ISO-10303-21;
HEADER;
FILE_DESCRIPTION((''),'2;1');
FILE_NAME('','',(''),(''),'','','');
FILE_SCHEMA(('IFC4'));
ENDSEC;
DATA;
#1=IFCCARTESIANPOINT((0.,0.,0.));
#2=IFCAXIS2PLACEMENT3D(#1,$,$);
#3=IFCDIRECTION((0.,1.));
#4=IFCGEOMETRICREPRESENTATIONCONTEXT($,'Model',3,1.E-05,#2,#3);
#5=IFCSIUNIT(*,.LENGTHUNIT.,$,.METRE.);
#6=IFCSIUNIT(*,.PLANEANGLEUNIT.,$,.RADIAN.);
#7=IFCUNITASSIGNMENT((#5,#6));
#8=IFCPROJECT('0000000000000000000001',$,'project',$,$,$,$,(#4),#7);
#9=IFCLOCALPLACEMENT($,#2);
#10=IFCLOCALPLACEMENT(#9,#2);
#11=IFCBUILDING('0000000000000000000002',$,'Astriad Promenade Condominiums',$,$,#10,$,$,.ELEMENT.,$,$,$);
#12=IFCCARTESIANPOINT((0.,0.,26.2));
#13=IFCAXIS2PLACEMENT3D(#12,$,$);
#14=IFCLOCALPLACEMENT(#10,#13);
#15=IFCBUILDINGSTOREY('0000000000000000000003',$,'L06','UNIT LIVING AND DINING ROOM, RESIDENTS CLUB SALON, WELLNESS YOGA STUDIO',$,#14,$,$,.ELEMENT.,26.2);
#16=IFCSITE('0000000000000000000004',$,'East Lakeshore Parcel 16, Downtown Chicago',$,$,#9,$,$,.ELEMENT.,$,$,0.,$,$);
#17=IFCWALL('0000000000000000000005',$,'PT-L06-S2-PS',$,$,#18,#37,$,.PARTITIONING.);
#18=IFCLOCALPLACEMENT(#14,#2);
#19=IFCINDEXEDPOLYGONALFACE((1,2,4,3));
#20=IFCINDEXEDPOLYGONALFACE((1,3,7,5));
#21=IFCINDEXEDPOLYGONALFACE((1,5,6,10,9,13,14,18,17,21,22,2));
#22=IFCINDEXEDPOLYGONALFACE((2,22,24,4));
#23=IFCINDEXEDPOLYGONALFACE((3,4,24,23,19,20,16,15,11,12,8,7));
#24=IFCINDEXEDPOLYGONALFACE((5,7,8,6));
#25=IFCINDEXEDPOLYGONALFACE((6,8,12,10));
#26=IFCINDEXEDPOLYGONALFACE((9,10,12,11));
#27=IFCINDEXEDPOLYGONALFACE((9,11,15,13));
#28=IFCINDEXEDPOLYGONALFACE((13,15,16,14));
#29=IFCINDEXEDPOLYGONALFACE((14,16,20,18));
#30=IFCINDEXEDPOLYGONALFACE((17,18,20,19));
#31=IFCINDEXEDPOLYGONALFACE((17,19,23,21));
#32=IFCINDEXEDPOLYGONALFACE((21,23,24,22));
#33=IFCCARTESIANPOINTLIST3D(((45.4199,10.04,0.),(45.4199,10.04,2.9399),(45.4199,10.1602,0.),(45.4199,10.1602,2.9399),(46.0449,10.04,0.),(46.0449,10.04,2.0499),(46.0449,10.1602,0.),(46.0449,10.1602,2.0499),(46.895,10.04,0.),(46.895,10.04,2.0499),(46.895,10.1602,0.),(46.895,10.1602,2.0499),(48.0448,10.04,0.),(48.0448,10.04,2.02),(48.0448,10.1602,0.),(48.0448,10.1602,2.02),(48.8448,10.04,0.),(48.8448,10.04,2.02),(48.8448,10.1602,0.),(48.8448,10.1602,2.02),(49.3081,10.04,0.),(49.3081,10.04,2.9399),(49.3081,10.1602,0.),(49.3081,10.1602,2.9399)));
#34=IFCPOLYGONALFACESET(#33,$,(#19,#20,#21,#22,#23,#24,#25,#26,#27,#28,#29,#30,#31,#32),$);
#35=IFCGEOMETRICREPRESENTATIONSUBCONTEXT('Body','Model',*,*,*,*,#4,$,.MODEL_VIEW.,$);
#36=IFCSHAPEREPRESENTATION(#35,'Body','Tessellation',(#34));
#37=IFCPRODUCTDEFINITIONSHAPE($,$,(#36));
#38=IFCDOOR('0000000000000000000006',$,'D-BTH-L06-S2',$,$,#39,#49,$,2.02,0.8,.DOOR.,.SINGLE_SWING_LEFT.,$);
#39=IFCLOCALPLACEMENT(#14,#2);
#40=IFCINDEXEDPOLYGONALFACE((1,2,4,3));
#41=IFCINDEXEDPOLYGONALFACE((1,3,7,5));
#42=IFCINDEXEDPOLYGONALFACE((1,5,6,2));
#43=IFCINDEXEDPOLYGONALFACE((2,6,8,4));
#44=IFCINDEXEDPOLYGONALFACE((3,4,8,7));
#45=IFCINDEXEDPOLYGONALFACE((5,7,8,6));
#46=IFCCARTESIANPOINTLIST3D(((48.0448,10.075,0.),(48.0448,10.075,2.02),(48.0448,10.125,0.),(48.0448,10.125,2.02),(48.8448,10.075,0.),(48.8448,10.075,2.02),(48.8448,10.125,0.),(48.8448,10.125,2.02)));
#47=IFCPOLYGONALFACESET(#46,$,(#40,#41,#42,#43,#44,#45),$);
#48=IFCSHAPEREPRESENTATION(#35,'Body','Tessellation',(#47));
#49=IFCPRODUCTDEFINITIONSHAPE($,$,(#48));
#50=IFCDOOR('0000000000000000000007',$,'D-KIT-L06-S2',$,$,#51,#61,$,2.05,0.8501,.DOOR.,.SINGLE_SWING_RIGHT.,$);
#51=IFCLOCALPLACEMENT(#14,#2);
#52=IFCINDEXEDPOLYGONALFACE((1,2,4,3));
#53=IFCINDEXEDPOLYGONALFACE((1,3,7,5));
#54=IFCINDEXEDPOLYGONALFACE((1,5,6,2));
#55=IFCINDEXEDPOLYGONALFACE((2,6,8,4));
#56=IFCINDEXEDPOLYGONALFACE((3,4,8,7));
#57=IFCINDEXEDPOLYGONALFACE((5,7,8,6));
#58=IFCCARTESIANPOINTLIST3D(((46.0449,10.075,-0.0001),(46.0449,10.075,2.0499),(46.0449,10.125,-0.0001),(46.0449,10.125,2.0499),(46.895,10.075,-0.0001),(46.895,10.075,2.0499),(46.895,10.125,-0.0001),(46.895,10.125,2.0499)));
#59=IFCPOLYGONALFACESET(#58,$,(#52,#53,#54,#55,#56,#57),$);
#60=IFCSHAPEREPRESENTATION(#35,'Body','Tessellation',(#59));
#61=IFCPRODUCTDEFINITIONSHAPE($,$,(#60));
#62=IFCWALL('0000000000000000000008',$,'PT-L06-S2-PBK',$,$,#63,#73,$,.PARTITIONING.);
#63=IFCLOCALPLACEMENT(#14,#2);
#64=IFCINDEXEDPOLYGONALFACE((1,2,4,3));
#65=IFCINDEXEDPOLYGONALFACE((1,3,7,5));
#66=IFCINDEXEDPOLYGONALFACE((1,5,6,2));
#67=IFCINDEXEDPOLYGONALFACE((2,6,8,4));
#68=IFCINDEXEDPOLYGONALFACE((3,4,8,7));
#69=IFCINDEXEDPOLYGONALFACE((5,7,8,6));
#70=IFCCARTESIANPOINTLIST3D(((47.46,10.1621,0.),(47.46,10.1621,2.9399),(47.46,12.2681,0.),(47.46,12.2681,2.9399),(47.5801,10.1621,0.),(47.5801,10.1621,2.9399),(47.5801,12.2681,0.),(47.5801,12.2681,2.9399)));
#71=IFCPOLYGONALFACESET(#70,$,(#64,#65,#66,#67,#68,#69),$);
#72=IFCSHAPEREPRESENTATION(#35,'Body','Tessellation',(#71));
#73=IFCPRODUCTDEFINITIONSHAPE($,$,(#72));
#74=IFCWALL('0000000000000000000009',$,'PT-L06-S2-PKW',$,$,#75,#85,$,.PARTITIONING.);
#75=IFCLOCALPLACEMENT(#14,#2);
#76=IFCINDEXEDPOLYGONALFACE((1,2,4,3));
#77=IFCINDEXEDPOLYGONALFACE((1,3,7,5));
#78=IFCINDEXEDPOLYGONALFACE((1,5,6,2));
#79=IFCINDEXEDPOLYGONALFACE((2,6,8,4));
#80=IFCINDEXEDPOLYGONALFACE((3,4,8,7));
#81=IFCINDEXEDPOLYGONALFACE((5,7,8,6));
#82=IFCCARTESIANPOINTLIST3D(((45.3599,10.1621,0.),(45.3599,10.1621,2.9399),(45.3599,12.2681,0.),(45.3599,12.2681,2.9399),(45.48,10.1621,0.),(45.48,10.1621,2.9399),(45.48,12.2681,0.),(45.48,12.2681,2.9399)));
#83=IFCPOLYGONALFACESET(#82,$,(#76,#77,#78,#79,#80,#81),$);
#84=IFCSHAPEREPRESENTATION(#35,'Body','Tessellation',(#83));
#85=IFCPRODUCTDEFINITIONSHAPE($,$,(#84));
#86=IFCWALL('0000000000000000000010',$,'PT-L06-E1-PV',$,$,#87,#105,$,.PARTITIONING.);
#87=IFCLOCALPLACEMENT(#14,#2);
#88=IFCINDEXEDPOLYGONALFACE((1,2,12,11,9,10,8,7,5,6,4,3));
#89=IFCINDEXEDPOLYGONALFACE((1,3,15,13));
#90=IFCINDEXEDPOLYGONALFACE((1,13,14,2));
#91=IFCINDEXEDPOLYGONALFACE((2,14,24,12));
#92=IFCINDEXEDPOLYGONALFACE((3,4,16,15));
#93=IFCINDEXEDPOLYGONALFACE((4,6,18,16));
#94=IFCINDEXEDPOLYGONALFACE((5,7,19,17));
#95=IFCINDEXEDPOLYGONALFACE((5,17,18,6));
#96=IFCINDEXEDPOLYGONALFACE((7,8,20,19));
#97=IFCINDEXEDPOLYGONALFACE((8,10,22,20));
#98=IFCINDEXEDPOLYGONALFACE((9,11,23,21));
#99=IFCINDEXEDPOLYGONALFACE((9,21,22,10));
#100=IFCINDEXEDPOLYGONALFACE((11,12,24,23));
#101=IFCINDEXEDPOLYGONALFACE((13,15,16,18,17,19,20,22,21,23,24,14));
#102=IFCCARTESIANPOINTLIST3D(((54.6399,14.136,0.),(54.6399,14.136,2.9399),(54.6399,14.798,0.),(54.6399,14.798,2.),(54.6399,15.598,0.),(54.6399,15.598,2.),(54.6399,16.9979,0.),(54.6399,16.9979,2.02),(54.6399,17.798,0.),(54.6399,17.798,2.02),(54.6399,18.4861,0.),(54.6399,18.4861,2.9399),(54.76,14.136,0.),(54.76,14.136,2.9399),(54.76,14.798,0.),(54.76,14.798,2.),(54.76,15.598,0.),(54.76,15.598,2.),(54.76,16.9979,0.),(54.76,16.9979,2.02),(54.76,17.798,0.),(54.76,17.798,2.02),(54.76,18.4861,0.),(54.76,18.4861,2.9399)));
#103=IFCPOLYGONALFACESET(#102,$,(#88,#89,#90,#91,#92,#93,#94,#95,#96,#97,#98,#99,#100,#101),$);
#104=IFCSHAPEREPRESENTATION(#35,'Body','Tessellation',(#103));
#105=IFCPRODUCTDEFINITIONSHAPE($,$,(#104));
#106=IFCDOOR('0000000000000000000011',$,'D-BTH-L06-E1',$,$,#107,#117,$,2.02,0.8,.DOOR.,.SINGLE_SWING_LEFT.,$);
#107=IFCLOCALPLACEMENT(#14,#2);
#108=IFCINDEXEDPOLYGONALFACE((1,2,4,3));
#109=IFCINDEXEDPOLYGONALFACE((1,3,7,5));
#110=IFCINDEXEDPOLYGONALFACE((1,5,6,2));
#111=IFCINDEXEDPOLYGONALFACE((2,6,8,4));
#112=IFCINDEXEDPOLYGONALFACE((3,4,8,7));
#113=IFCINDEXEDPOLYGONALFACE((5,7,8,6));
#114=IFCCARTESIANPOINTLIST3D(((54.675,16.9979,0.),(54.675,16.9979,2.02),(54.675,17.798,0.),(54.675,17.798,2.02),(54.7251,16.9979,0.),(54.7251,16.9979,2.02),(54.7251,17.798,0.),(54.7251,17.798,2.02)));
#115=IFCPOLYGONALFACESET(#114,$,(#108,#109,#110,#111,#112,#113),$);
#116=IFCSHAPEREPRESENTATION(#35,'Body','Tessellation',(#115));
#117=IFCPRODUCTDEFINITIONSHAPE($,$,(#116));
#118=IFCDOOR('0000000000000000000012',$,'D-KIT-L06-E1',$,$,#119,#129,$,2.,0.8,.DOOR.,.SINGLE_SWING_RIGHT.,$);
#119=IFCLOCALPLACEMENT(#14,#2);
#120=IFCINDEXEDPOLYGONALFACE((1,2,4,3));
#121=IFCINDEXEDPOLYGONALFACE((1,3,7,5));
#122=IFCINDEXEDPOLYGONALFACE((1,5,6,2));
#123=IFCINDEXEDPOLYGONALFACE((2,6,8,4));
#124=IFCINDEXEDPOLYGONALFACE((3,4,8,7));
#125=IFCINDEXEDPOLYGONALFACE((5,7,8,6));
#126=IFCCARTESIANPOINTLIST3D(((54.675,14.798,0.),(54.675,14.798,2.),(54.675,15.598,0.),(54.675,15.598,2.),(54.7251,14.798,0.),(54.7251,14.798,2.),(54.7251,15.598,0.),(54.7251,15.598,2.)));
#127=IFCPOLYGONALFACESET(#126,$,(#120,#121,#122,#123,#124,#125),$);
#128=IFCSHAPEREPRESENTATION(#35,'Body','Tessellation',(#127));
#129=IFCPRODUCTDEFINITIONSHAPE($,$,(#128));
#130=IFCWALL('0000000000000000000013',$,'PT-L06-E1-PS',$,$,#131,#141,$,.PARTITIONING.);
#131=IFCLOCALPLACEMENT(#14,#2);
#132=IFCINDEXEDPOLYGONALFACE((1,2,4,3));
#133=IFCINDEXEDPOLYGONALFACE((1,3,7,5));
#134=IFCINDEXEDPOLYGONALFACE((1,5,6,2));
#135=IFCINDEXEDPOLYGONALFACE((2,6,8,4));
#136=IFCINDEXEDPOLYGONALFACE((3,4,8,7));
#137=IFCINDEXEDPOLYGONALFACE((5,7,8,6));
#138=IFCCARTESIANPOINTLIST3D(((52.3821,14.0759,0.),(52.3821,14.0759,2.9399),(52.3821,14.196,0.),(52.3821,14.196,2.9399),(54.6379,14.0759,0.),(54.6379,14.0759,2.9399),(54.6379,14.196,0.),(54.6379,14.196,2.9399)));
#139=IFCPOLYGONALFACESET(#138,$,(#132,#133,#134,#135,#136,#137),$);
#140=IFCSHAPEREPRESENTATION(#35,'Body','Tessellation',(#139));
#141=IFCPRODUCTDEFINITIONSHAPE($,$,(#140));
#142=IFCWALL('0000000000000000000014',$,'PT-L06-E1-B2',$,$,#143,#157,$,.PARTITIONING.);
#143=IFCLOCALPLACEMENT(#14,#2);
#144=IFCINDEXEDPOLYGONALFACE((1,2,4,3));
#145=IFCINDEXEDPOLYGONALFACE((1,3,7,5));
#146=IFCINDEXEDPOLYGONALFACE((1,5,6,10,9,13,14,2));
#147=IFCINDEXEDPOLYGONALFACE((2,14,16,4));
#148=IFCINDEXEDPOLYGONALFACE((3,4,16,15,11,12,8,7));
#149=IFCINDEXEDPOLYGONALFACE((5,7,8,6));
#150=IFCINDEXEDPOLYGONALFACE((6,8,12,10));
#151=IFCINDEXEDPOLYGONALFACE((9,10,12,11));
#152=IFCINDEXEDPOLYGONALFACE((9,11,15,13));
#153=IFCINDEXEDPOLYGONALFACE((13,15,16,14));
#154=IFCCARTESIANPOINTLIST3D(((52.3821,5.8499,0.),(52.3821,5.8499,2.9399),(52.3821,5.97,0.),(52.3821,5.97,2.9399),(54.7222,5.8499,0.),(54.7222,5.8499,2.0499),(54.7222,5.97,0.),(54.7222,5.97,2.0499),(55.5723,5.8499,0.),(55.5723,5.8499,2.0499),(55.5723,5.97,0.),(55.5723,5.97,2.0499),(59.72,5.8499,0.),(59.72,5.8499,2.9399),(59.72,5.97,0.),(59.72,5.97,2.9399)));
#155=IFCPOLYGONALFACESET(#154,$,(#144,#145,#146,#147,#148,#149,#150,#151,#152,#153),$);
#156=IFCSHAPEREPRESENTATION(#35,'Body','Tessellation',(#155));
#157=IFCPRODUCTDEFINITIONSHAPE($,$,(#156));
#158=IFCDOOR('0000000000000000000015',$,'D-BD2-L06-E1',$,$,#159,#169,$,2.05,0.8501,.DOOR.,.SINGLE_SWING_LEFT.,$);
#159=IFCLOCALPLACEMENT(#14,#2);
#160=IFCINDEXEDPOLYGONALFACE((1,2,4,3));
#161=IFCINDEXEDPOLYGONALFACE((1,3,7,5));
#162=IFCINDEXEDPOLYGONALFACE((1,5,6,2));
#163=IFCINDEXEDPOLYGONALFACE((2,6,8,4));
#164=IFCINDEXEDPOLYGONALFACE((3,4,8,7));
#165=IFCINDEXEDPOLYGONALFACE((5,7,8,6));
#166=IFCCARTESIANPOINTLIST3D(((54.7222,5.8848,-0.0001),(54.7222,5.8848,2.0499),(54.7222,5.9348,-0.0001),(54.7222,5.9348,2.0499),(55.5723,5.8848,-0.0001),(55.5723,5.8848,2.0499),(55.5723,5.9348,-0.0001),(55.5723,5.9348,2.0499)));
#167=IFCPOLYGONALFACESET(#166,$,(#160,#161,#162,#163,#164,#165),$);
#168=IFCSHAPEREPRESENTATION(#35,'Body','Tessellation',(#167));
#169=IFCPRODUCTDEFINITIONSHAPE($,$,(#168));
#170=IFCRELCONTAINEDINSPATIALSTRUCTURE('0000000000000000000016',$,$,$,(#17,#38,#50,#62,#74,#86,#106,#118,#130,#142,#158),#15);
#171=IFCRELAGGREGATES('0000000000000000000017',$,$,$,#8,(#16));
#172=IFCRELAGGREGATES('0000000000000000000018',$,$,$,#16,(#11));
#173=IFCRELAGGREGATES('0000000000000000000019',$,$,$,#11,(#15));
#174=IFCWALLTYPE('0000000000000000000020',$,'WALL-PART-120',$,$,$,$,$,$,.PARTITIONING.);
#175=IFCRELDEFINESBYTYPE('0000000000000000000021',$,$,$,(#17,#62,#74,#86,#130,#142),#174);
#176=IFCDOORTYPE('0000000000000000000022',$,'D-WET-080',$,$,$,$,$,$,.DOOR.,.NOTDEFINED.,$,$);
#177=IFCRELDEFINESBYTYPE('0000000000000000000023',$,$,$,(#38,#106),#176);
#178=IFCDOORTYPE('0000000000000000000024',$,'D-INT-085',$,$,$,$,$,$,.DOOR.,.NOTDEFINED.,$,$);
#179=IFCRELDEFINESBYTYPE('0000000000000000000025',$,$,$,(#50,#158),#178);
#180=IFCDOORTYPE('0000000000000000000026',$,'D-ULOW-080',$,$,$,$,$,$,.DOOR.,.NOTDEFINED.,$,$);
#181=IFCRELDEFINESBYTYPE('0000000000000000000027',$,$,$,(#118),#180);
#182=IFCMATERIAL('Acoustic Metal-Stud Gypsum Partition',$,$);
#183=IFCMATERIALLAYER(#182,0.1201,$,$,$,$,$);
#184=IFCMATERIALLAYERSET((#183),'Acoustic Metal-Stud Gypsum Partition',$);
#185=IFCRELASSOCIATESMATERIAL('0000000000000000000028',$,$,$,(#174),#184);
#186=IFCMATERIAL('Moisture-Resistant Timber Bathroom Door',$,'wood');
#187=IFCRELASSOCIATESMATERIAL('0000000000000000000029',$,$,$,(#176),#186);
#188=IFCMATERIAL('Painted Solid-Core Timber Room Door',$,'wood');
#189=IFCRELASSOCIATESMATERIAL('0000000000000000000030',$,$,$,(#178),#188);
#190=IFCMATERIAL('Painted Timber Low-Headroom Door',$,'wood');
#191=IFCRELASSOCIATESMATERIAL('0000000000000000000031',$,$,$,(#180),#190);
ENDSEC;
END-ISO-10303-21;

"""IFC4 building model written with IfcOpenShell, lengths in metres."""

from ifc_helpers import new_model, si_unit, direction, frame, frame_2d, origin, place, context, subcontext, project, spatial, rectangle, extrude, source, transform, mapped, material, layer, layer_set, type_object, type_shapes, element, fill, save


model = new_model("IFC4")

# Units and contexts
model_context = context("Model", 3, precision=1e-05, world=origin(), true_north=direction((0.0, 1.0)))
body_context = subcontext(model_context, "Body", "Model", "MODEL_VIEW")
ifc_project = project(units=[si_unit("LENGTHUNIT", "METRE"), si_unit("PLANEANGLEUNIT", "RADIAN")], contexts=[model_context])

# Site, building, storey
site_placement = place(None, origin())
site = spatial("IfcSite", under=ifc_project, at=site_placement, Name="East Lakeshore Parcel 16, Downtown Chicago", CompositionType="ELEMENT", RefElevation=0.0)
building_placement = place(site_placement, origin())
building = spatial("IfcBuilding", under=site, at=building_placement, Name="Astriad Promenade Condominiums", CompositionType="ELEMENT")
storey_placement = place(building_placement, frame((0.0, 0.0, 26.2)))
storey = spatial("IfcBuildingStorey", under=building, at=storey_placement, Name="L06", Description="UNIT LIVING AND DINING ROOM, RESIDENTS CLUB SALON, WELLNESS YOGA STUDIO", CompositionType="ELEMENT", Elevation=26.2)

# Shared definitions
ifc_material_1 = material(Name="Acoustic Metal-Stud Gypsum Partition")
ifc_layer_1 = layer(ifc_material_1, 0.1201)
ifc_layer_set_1 = layer_set([ifc_layer_1], Name="Acoustic Metal-Stud Gypsum Partition")
wall_type_1 = type_object("IfcWallType", Name="WALL-PART-120", PredefinedType="PARTITIONING", material=ifc_layer_set_1)

# Wall, openings, doors
wall_1_placement = place(storey_placement, frame((45.4199, 10.1001, 0.0), z_axis=(0.0, 0.0, 1.0), x_axis=(1.0, 0.0, 0.0)))
wall_1 = element("IfcWall", 1, at=wall_1_placement, inside=storey, type_object=wall_type_1, Name="PT-L06-S2-PS", PredefinedType="PARTITIONING", context=body_context, shape_type="SweptSolid", body=[
    extrude(rectangle(XDim=3.8882, YDim=0.1201, at=frame_2d((1.9441, 0.0))), origin(), (0.0, 0.0, 1.0), 2.9399),
])
opening_1_placement = place(wall_1_placement, frame((0.625, 0.0, 0.0)))
opening_1 = element("IfcOpeningElement", 2, at=opening_1_placement, cuts=wall_1, PredefinedType="OPENING", context=body_context, shape_type="SweptSolid", body=[
    extrude(rectangle(XDim=0.8501, YDim=2.05, at=frame_2d((0.425, 1.0249))), frame((0.0, 0.0701, 0.0), z_axis=(0.0, -1.0, 0.0), x_axis=(1.0, 0.0, 0.0)), (0.0, 0.0, 1.0), 0.1401),
])
opening_2_placement = place(wall_1_placement, frame((2.625, 0.0, 0.0)))
opening_2 = element("IfcOpeningElement", 3, at=opening_2_placement, cuts=wall_1, PredefinedType="OPENING", context=body_context, shape_type="SweptSolid", body=[
    extrude(rectangle(XDim=0.8, YDim=2.02, at=frame_2d((0.3999, 1.01))), frame((0.0, 0.0701, 0.0), z_axis=(0.0, -1.0, 0.0), x_axis=(1.0, 0.0, 0.0)), (0.0, 0.0, 1.0), 0.1401),
])
ifc_material_2 = material(Name="Moisture-Resistant Timber Bathroom Door", Category="wood")
door_type_1 = type_object("IfcDoorType", Name="D-WET-080", OperationType="NOTDEFINED", PredefinedType="DOOR", material=ifc_material_2)
shared_shape_1 = source(origin(), body_context, "Body", "SweptSolid", [
    extrude(rectangle(XDim=0.8, YDim=2.02, at=frame_2d((0.3999, 1.01))), frame((0.0, 0.0249, 0.0), z_axis=(0.0, -1.0, 0.0), x_axis=(1.0, 0.0, 0.0)), (0.0, 0.0, 1.0), 0.05),
])
type_shapes(door_type_1, [shared_shape_1])
door_1_placement = place(opening_2_placement, origin())
door_1 = element("IfcDoor", 4, at=door_1_placement, inside=storey, type_object=door_type_1, Name="D-BTH-L06-S2", OperationType="SINGLE_SWING_LEFT", OverallHeight=2.02, OverallWidth=0.8, PredefinedType="DOOR", context=body_context, shape_type="MappedRepresentation", body=[
    mapped(shared_shape_1, transform((0.0, 0.0, 0.0), scale=1.0)),
])
fill(opening_2, door_1)
ifc_material_3 = material(Name="Painted Solid-Core Timber Room Door", Category="wood")
door_type_2 = type_object("IfcDoorType", Name="D-INT-085", OperationType="NOTDEFINED", PredefinedType="DOOR", material=ifc_material_3)
shared_shape_2 = source(origin(), body_context, "Body", "SweptSolid", [
    extrude(rectangle(XDim=0.8501, YDim=2.05, at=frame_2d((0.425, 1.0249))), frame((0.0, 0.0249, 0.0), z_axis=(0.0, -1.0, 0.0), x_axis=(1.0, 0.0, 0.0)), (0.0, 0.0, 1.0), 0.05),
])
type_shapes(door_type_2, [shared_shape_2])
door_2_placement = place(opening_1_placement, origin())
door_2 = element("IfcDoor", 5, at=door_2_placement, inside=storey, type_object=door_type_2, Name="D-KIT-L06-S2", OperationType="SINGLE_SWING_RIGHT", OverallHeight=2.05, OverallWidth=0.8501, PredefinedType="DOOR", context=body_context, shape_type="MappedRepresentation", body=[
    mapped(shared_shape_2, transform((0.0, 0.0, 0.0), scale=1.0)),
])
fill(opening_1, door_2)

# Walls
for number, where, z_axis, x_axis, name in (
    (6, (47.52, 10.1621, 0.0), (0.0, 0.0, 1.0), (0.0, 1.0, 0.0), "PT-L06-S2-PBK"),
    (7, (45.4199, 10.1621, 0.0), (0.0, 0.0, 1.0), (0.0, 1.0, 0.0), "PT-L06-S2-PKW"),
):
    element("IfcWall", number, at=place(storey_placement, frame(where, z_axis=z_axis, x_axis=x_axis)), inside=storey, type_object=wall_type_1, Name=name, PredefinedType="PARTITIONING", context=body_context, shape_type="SweptSolid", body=[
        extrude(rectangle(XDim=2.106, YDim=0.1201, at=frame_2d((1.053, 0.0))), origin(), (0.0, 0.0, 1.0), 2.9399),
    ])

# Wall, openings, doors
wall_2_placement = place(storey_placement, frame((54.7, 14.136, 0.0), z_axis=(0.0, 0.0, 1.0), x_axis=(0.0, 1.0, 0.0)))
wall_2 = element("IfcWall", 8, at=wall_2_placement, inside=storey, type_object=wall_type_1, Name="PT-L06-E1-PV", PredefinedType="PARTITIONING", context=body_context, shape_type="SweptSolid", body=[
    extrude(rectangle(XDim=4.3501, YDim=0.1201, at=frame_2d((2.175, 0.0))), origin(), (0.0, 0.0, 1.0), 2.9399),
])
opening_3_placement = place(wall_2_placement, frame((0.6621, 0.0, 0.0)))
opening_3 = element("IfcOpeningElement", 9, at=opening_3_placement, cuts=wall_2, PredefinedType="OPENING", context=body_context, shape_type="SweptSolid", body=[
    extrude(rectangle(XDim=0.8, YDim=2.0, at=frame_2d((0.3999, 1.0))), frame((0.0, 0.0701, 0.0), z_axis=(0.0, -1.0, 0.0), x_axis=(1.0, 0.0, 0.0)), (0.0, 0.0, 1.0), 0.1401),
])
opening_4_placement = place(wall_2_placement, frame((2.8621, 0.0, 0.0)))
opening_4 = element("IfcOpeningElement", 10, at=opening_4_placement, cuts=wall_2, PredefinedType="OPENING", context=body_context, shape_type="SweptSolid", body=[
    extrude(rectangle(XDim=0.8, YDim=2.02, at=frame_2d((0.3999, 1.01))), frame((0.0, 0.0701, 0.0), z_axis=(0.0, -1.0, 0.0), x_axis=(1.0, 0.0, 0.0)), (0.0, 0.0, 1.0), 0.1401),
])
door_3_placement = place(opening_4_placement, origin())
door_3 = element("IfcDoor", 11, at=door_3_placement, inside=storey, type_object=door_type_1, Name="D-BTH-L06-E1", OperationType="SINGLE_SWING_LEFT", OverallHeight=2.02, OverallWidth=0.8, PredefinedType="DOOR", context=body_context, shape_type="MappedRepresentation", body=[
    mapped(shared_shape_1, transform((0.0, 0.0, 0.0), scale=1.0)),
])
fill(opening_4, door_3)
ifc_material_4 = material(Name="Painted Timber Low-Headroom Door", Category="wood")
door_type_3 = type_object("IfcDoorType", Name="D-ULOW-080", OperationType="NOTDEFINED", PredefinedType="DOOR", material=ifc_material_4)
shared_shape_3 = source(origin(), body_context, "Body", "SweptSolid", [
    extrude(rectangle(XDim=0.8, YDim=2.0, at=frame_2d((0.3999, 1.0))), frame((0.0, 0.0249, 0.0), z_axis=(0.0, -1.0, 0.0), x_axis=(1.0, 0.0, 0.0)), (0.0, 0.0, 1.0), 0.05),
])
type_shapes(door_type_3, [shared_shape_3])
door_4_placement = place(opening_3_placement, origin())
door_4 = element("IfcDoor", 12, at=door_4_placement, inside=storey, type_object=door_type_3, Name="D-KIT-L06-E1", OperationType="SINGLE_SWING_RIGHT", OverallHeight=2.0, OverallWidth=0.8, PredefinedType="DOOR", context=body_context, shape_type="MappedRepresentation", body=[
    mapped(shared_shape_3, transform((0.0, 0.0, 0.0), scale=1.0)),
])
fill(opening_3, door_4)

# Wall
wall_3_placement = place(storey_placement, frame((52.3821, 14.136, 0.0), z_axis=(0.0, 0.0, 1.0), x_axis=(1.0, 0.0, 0.0)))
element("IfcWall", 13, at=wall_3_placement, inside=storey, type_object=wall_type_1, Name="PT-L06-E1-PS", PredefinedType="PARTITIONING", context=body_context, shape_type="SweptSolid", body=[
    extrude(rectangle(XDim=2.2559, YDim=0.1201, at=frame_2d((1.1279, 0.0))), origin(), (0.0, 0.0, 1.0), 2.9399),
])

# Wall, opening, door
wall_4_placement = place(storey_placement, frame((52.3821, 5.9099, 0.0), z_axis=(0.0, 0.0, 1.0), x_axis=(1.0, 0.0, 0.0)))
wall_4 = element("IfcWall", 14, at=wall_4_placement, inside=storey, type_object=wall_type_1, Name="PT-L06-E1-B2", PredefinedType="PARTITIONING", context=body_context, shape_type="SweptSolid", body=[
    extrude(rectangle(XDim=7.3379, YDim=0.1201, at=frame_2d((3.6689, 0.0))), origin(), (0.0, 0.0, 1.0), 2.9399),
])
opening_5_placement = place(wall_4_placement, frame((2.3401, 0.0, 0.0)))
opening_5 = element("IfcOpeningElement", 15, at=opening_5_placement, cuts=wall_4, PredefinedType="OPENING", context=body_context, shape_type="SweptSolid", body=[
    extrude(rectangle(XDim=0.8501, YDim=2.05, at=frame_2d((0.425, 1.0249))), frame((0.0, 0.0701, 0.0), z_axis=(0.0, -1.0, 0.0), x_axis=(1.0, 0.0, 0.0)), (0.0, 0.0, 1.0), 0.1401),
])
door_5_placement = place(opening_5_placement, origin())
door_5 = element("IfcDoor", 16, at=door_5_placement, inside=storey, type_object=door_type_2, Name="D-BD2-L06-E1", OperationType="SINGLE_SWING_LEFT", OverallHeight=2.05, OverallWidth=0.8501, PredefinedType="DOOR", context=body_context, shape_type="MappedRepresentation", body=[
    mapped(shared_shape_2, transform((0.0, 0.0, 0.0), scale=1.0)),
])
fill(opening_5, door_5)

save(model, "model.ifc")
